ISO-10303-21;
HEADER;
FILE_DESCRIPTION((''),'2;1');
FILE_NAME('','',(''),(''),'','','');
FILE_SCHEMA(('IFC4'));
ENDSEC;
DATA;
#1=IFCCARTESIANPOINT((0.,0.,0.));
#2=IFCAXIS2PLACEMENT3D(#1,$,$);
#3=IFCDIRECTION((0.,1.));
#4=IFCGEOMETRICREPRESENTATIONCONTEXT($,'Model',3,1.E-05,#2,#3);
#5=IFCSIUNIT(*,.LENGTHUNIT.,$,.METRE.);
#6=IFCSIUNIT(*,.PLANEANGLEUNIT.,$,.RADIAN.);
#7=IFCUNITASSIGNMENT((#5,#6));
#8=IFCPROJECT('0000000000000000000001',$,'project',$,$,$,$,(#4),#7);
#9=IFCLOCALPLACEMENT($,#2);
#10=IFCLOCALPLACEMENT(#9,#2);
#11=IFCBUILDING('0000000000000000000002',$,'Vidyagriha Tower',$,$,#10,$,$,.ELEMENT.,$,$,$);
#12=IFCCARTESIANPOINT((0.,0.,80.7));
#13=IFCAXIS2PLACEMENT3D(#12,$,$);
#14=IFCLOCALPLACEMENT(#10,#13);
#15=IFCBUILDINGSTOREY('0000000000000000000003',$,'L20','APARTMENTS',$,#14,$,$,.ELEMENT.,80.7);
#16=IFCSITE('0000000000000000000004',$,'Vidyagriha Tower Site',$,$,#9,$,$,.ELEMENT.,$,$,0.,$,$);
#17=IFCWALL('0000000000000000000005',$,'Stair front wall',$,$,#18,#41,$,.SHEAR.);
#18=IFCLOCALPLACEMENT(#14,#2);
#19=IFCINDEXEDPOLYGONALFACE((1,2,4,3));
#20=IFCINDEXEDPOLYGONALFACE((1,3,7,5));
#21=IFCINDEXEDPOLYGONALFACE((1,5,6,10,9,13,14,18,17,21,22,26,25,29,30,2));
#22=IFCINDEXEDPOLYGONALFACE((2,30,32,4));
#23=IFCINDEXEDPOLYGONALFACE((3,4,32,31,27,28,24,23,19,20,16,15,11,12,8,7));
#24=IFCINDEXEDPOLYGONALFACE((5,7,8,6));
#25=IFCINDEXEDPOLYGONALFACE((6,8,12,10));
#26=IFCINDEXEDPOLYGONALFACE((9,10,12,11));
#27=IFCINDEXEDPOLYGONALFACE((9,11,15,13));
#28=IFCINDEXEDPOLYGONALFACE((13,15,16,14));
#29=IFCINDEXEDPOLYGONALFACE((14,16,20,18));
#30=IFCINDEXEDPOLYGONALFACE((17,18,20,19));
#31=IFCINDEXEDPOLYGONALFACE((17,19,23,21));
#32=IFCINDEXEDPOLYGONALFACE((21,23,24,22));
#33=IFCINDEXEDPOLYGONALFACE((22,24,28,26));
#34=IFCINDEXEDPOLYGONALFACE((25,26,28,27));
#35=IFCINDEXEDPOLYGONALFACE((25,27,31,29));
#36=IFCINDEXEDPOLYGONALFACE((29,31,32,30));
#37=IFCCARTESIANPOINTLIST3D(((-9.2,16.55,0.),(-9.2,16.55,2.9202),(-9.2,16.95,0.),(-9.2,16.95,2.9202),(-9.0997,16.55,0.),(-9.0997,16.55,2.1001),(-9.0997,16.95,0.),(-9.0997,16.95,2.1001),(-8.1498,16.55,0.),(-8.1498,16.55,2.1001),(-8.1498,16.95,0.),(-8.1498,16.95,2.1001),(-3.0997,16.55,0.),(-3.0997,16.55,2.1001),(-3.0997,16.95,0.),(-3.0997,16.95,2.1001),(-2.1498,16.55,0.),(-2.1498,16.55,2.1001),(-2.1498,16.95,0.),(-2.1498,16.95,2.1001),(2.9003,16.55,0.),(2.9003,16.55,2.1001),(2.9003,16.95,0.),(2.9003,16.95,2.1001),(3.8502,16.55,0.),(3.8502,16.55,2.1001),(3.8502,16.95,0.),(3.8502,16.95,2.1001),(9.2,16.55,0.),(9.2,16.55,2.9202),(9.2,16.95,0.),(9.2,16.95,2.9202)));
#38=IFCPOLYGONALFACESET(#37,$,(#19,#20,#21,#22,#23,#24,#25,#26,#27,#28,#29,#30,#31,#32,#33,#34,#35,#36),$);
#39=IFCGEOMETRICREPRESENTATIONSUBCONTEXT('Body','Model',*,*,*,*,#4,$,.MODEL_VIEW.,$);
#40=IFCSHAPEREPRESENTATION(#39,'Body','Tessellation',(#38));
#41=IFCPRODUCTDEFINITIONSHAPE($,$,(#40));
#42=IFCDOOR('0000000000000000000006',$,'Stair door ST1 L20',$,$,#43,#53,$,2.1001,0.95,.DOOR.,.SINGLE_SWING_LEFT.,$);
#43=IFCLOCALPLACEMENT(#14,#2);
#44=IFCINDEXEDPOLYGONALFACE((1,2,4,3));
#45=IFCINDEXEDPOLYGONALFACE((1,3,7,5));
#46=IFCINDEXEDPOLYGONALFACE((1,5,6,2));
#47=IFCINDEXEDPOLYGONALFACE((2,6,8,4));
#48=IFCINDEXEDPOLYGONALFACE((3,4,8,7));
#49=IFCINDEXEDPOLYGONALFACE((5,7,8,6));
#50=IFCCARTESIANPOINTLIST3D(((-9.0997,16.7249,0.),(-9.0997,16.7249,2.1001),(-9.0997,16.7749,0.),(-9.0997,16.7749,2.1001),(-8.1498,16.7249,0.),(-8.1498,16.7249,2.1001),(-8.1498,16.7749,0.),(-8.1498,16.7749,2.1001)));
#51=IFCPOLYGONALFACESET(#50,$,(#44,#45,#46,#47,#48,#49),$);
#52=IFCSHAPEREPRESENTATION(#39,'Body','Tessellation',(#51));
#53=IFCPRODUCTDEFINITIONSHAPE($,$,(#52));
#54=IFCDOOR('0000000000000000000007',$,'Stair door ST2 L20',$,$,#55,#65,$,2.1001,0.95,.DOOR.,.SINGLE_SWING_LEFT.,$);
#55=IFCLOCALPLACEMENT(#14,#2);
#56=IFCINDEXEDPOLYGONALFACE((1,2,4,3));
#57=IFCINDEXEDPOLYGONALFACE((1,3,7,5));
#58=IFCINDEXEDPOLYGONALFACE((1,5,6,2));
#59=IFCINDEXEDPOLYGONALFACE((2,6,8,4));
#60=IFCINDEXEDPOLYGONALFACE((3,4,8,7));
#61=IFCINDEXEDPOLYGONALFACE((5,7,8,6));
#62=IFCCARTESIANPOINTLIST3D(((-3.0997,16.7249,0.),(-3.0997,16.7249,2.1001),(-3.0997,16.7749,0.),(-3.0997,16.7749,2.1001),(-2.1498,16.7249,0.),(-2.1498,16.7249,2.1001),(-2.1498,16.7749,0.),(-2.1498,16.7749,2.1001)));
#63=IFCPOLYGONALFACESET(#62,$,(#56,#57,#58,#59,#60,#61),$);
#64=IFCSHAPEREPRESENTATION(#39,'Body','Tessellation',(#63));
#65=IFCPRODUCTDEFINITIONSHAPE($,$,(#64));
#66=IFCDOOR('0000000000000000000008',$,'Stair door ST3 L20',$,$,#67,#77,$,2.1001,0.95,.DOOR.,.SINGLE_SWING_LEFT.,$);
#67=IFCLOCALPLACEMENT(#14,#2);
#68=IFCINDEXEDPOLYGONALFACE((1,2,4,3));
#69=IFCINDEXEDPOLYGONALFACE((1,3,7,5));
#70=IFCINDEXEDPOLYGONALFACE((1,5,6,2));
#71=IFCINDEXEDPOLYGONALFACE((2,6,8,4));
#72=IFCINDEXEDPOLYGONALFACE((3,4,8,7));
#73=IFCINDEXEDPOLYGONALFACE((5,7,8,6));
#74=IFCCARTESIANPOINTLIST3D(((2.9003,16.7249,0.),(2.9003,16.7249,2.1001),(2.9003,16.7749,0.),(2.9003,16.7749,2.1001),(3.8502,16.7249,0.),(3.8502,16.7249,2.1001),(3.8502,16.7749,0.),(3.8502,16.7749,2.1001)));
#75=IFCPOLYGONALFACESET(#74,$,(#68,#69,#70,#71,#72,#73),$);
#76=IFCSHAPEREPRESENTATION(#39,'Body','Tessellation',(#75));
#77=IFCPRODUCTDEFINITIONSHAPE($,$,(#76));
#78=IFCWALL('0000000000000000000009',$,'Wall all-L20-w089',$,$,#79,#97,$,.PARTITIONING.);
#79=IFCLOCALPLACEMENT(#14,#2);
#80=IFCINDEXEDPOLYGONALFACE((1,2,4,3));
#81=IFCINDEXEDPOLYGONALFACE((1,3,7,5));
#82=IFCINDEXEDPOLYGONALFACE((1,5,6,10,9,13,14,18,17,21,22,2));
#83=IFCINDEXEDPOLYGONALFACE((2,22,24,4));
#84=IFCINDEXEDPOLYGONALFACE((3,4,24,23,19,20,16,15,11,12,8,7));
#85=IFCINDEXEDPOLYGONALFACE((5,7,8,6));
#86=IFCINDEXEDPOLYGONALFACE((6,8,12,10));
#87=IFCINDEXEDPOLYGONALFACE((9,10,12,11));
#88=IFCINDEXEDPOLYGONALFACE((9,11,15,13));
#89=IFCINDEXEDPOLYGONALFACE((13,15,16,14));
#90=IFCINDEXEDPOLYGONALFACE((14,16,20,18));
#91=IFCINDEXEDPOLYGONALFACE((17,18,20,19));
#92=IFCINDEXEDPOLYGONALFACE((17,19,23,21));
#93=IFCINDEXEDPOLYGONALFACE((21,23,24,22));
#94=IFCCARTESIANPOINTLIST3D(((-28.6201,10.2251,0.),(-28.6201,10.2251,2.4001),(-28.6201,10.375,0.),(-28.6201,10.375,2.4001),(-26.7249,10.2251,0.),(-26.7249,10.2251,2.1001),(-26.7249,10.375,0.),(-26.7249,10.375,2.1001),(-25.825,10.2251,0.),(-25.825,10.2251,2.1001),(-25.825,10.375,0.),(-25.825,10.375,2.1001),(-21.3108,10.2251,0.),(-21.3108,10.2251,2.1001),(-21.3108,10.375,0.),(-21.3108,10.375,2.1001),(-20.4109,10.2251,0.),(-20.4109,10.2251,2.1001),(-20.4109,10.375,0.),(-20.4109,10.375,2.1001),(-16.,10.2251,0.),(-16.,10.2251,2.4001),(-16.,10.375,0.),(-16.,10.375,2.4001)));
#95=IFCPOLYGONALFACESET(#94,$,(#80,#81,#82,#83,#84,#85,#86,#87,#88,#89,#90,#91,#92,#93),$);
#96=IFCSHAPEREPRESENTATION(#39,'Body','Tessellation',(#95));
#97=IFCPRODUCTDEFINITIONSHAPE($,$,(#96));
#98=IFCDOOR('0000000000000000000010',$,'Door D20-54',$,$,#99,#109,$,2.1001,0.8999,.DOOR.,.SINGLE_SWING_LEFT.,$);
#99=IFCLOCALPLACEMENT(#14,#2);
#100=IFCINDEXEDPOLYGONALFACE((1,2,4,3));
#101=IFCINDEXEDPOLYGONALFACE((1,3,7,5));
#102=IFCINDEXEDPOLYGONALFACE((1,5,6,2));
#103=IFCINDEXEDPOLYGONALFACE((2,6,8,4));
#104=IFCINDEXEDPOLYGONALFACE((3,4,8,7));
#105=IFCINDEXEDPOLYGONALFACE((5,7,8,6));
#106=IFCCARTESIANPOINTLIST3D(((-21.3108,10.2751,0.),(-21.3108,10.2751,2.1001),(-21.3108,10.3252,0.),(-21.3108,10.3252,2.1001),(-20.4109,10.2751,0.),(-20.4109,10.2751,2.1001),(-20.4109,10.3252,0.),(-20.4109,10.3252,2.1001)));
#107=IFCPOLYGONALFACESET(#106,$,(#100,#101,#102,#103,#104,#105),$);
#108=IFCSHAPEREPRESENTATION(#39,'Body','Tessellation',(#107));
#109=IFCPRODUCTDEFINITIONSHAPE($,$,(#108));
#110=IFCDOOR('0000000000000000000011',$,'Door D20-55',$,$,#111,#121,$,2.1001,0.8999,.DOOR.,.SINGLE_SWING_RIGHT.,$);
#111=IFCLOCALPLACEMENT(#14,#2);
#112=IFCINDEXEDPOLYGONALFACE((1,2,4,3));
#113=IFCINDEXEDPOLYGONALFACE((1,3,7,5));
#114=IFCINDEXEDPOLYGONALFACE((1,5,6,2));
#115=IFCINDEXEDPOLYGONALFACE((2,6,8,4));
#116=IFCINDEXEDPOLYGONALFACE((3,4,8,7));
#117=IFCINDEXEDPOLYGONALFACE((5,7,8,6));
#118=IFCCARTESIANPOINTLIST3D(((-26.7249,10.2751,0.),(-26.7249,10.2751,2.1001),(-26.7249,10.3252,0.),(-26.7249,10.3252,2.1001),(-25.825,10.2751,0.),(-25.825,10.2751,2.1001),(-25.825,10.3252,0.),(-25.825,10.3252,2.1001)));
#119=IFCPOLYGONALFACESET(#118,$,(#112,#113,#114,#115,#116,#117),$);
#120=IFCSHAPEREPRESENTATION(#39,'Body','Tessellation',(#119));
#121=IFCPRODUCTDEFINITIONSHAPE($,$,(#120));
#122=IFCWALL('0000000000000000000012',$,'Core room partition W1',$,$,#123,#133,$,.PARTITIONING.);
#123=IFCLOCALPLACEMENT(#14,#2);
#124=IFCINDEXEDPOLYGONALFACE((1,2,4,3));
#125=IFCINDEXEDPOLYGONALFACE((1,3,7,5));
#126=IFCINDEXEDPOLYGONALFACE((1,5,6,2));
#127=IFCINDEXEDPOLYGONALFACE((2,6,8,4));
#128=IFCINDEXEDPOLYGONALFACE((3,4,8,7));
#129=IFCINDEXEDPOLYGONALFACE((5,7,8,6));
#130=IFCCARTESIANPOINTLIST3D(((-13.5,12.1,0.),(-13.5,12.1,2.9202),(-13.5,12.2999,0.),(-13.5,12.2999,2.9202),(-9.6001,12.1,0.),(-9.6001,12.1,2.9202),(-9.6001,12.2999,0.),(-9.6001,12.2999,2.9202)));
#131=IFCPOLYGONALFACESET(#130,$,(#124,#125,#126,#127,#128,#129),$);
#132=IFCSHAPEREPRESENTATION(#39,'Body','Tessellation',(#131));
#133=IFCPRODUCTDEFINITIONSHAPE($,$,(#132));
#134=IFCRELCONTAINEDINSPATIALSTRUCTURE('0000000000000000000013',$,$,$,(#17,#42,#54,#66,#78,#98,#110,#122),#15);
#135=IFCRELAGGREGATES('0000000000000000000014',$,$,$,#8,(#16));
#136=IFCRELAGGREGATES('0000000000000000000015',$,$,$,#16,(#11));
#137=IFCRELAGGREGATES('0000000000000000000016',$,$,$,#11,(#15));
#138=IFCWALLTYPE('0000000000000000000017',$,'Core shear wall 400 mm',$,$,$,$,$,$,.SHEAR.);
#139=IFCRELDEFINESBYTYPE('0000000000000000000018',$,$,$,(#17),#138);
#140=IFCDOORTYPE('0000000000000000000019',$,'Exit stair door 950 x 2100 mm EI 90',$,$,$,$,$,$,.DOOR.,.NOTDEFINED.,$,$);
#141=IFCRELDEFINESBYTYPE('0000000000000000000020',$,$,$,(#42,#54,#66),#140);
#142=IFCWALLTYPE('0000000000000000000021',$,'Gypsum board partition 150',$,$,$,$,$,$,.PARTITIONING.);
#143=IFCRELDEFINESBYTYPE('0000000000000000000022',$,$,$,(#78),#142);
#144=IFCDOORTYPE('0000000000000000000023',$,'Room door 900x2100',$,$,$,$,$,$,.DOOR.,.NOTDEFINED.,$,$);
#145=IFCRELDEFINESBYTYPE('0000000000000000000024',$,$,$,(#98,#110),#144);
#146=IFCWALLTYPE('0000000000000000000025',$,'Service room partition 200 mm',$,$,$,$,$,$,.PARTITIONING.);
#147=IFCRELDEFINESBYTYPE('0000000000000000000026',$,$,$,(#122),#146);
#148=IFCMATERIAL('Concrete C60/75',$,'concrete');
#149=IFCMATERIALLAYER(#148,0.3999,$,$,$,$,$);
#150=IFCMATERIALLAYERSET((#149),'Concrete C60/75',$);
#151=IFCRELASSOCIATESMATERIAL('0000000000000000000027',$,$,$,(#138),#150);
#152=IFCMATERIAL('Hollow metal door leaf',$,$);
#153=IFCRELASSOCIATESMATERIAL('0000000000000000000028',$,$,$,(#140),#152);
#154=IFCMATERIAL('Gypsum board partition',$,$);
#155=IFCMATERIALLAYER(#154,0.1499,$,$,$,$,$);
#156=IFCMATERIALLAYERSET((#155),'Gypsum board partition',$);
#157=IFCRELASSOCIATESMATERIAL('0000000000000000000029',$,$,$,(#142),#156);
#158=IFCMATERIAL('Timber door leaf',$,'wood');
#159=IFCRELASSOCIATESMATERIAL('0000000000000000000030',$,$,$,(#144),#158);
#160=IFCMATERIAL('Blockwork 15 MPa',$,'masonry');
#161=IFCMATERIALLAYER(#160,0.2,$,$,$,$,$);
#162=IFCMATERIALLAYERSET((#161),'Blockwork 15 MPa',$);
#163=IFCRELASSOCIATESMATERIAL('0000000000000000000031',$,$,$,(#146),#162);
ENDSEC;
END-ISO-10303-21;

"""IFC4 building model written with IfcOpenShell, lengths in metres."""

from ifc_helpers import new_model, si_unit, direction, frame, frame_2d, origin, place, context, subcontext, project, spatial, rectangle, extrude, material, layer, layer_set, type_object, element, fill, save


model = new_model("IFC4")

# Units and contexts
model_context = context("Model", 3, precision=1e-05, world=origin(), true_north=direction((0.0, 1.0)))
body_context = subcontext(model_context, "Body", "Model", "MODEL_VIEW")
ifc_project = project(units=[si_unit("LENGTHUNIT", "METRE"), si_unit("PLANEANGLEUNIT", "RADIAN")], contexts=[model_context])

# Site, building, storey
site_placement = place(None, origin())
site = spatial("IfcSite", under=ifc_project, at=site_placement, Name="Vidyagriha Tower Site", CompositionType="ELEMENT", RefElevation=0.0)
building_placement = place(site_placement, origin())
building = spatial("IfcBuilding", under=site, at=building_placement, Name="Vidyagriha Tower", CompositionType="ELEMENT")
storey_placement = place(building_placement, frame((0.0, 0.0, 80.7)))
storey = spatial("IfcBuildingStorey", under=building, at=storey_placement, Name="L20", Description="APARTMENTS", CompositionType="ELEMENT", Elevation=80.7)

# Shared definitions
ifc_material_1 = material(Name="Concrete C60/75", Category="concrete")
ifc_layer_1 = layer(ifc_material_1, 0.3999)
ifc_layer_set_1 = layer_set([ifc_layer_1], Name="Concrete C60/75")
wall_type_1 = type_object("IfcWallType", Name="Core shear wall 400 mm", PredefinedType="SHEAR", material=ifc_layer_set_1)

# Walls, openings, doors
wall_1_placement = place(storey_placement, frame((-9.2, 16.75, 0.0)))
wall_1 = element("IfcWall", 1, at=wall_1_placement, inside=storey, type_object=wall_type_1, Name="Stair front wall", PredefinedType="SHEAR", context=body_context, shape_type="SweptSolid", body=[
    extrude(rectangle(XDim=18.3999, YDim=0.3999, at=frame_2d((9.2, 0.0))), origin(), (0.0, 0.0, 1.0), 2.9202),
])
opening_1_placement = place(wall_1_placement, frame((0.1001, 0.0, 0.0)))
opening_1 = element("IfcOpeningElement", 2, at=opening_1_placement, cuts=wall_1, PredefinedType="OPENING", context=body_context, shape_type="SweptSolid", body=[
    extrude(rectangle(XDim=0.95, YDim=2.1001, at=frame_2d((0.4751, 1.05))), frame((0.0, 0.21, 0.0), z_axis=(0.0, -1.0, 0.0), x_axis=(1.0, 0.0, 0.0)), (0.0, 0.0, 1.0), 0.4199),
])
opening_2_placement = place(wall_1_placement, frame((6.1001, 0.0, 0.0)))
opening_2 = element("IfcOpeningElement", 3, at=opening_2_placement, cuts=wall_1, PredefinedType="OPENING", context=body_context, shape_type="SweptSolid", body=[
    extrude(rectangle(XDim=0.95, YDim=2.1001, at=frame_2d((0.4751, 1.05))), frame((0.0, 0.21, 0.0), z_axis=(0.0, -1.0, 0.0), x_axis=(1.0, 0.0, 0.0)), (0.0, 0.0, 1.0), 0.4199),
])
opening_3_placement = place(wall_1_placement, frame((12.1001, 0.0, 0.0)))
opening_3 = element("IfcOpeningElement", 4, at=opening_3_placement, cuts=wall_1, PredefinedType="OPENING", context=body_context, shape_type="SweptSolid", body=[
    extrude(rectangle(XDim=0.95, YDim=2.1001, at=frame_2d((0.4751, 1.05))), frame((0.0, 0.21, 0.0), z_axis=(0.0, -1.0, 0.0), x_axis=(1.0, 0.0, 0.0)), (0.0, 0.0, 1.0), 0.4199),
])
ifc_material_2 = material(Name="Hollow metal door leaf")
door_type_1 = type_object("IfcDoorType", Name="Exit stair door 950 x 2100 mm EI 90", OperationType="NOTDEFINED", PredefinedType="DOOR", material=ifc_material_2)
door_1_placement = place(opening_1_placement, origin())
door_1 = element("IfcDoor", 5, at=door_1_placement, inside=storey, type_object=door_type_1, Name="Stair door ST1 L20", OperationType="SINGLE_SWING_LEFT", OverallHeight=2.1001, OverallWidth=0.95, PredefinedType="DOOR", context=body_context, shape_type="SweptSolid", body=[
    extrude(rectangle(XDim=0.95, YDim=2.1001, at=frame_2d((0.4751, 1.05))), frame((0.0, 0.0249, 0.0), z_axis=(0.0, -1.0, 0.0), x_axis=(1.0, 0.0, 0.0)), (0.0, 0.0, 1.0), 0.05),
])
fill(opening_1, door_1)
door_2_placement = place(opening_2_placement, origin())
door_2 = element("IfcDoor", 6, at=door_2_placement, inside=storey, type_object=door_type_1, Name="Stair door ST2 L20", OperationType="SINGLE_SWING_LEFT", OverallHeight=2.1001, OverallWidth=0.95, PredefinedType="DOOR", context=body_context, shape_type="SweptSolid", body=[
    extrude(rectangle(XDim=0.95, YDim=2.1001, at=frame_2d((0.4751, 1.05))), frame((0.0, 0.0249, 0.0), z_axis=(0.0, -1.0, 0.0), x_axis=(1.0, 0.0, 0.0)), (0.0, 0.0, 1.0), 0.05),
])
fill(opening_2, door_2)
door_3_placement = place(opening_3_placement, origin())
door_3 = element("IfcDoor", 7, at=door_3_placement, inside=storey, type_object=door_type_1, Name="Stair door ST3 L20", OperationType="SINGLE_SWING_LEFT", OverallHeight=2.1001, OverallWidth=0.95, PredefinedType="DOOR", context=body_context, shape_type="SweptSolid", body=[
    extrude(rectangle(XDim=0.95, YDim=2.1001, at=frame_2d((0.4751, 1.05))), frame((0.0, 0.0249, 0.0), z_axis=(0.0, -1.0, 0.0), x_axis=(1.0, 0.0, 0.0)), (0.0, 0.0, 1.0), 0.05),
])
fill(opening_3, door_3)
ifc_material_3 = material(Name="Gypsum board partition")
ifc_layer_2 = layer(ifc_material_3, 0.1499)
ifc_layer_set_2 = layer_set([ifc_layer_2], Name="Gypsum board partition")
wall_type_2 = type_object("IfcWallType", Name="Gypsum board partition 150", PredefinedType="PARTITIONING", material=ifc_layer_set_2)
wall_2_placement = place(storey_placement, frame((-16.0, 10.3, 0.0), z_axis=(0.0, 0.0, 1.0), x_axis=(-1.0, 0.0, 0.0)))
wall_2 = element("IfcWall", 8, at=wall_2_placement, inside=storey, type_object=wall_type_2, Name="Wall all-L20-w089", PredefinedType="PARTITIONING", context=body_context, shape_type="SweptSolid", body=[
    extrude(rectangle(XDim=12.6201, YDim=0.1499, at=frame_2d((6.3101, 0.0))), origin(), (0.0, 0.0, 1.0), 2.4001),
])
opening_4_placement = place(wall_2_placement, frame((4.4109, 0.0, 0.0)))
opening_4 = element("IfcOpeningElement", 9, at=opening_4_placement, cuts=wall_2, PredefinedType="OPENING", context=body_context, shape_type="SweptSolid", body=[
    extrude(rectangle(XDim=0.8999, YDim=2.1001, at=frame_2d((0.45, 1.05))), frame((0.0, 0.085, 0.0), z_axis=(0.0, -1.0, 0.0), x_axis=(1.0, 0.0, 0.0)), (0.0, 0.0, 1.0), 0.1699),
])
opening_5_placement = place(wall_2_placement, frame((9.825, 0.0, 0.0)))
opening_5 = element("IfcOpeningElement", 10, at=opening_5_placement, cuts=wall_2, PredefinedType="OPENING", context=body_context, shape_type="SweptSolid", body=[
    extrude(rectangle(XDim=0.8999, YDim=2.1001, at=frame_2d((0.45, 1.05))), frame((0.0, 0.085, 0.0), z_axis=(0.0, -1.0, 0.0), x_axis=(1.0, 0.0, 0.0)), (0.0, 0.0, 1.0), 0.1699),
])
ifc_material_4 = material(Name="Timber door leaf", Category="wood")
door_type_2 = type_object("IfcDoorType", Name="Room door 900x2100", OperationType="NOTDEFINED", PredefinedType="DOOR", material=ifc_material_4)
door_4_placement = place(opening_4_placement, origin())
door_4 = element("IfcDoor", 11, at=door_4_placement, inside=storey, type_object=door_type_2, Name="Door D20-54", OperationType="SINGLE_SWING_LEFT", OverallHeight=2.1001, OverallWidth=0.8999, PredefinedType="DOOR", context=body_context, shape_type="SweptSolid", body=[
    extrude(rectangle(XDim=0.8999, YDim=2.1001, at=frame_2d((0.45, 1.05))), frame((0.0, 0.0249, 0.0), z_axis=(0.0, -1.0, 0.0), x_axis=(1.0, 0.0, 0.0)), (0.0, 0.0, 1.0), 0.05),
])
fill(opening_4, door_4)
door_5_placement = place(opening_5_placement, origin())
door_5 = element("IfcDoor", 12, at=door_5_placement, inside=storey, type_object=door_type_2, Name="Door D20-55", OperationType="SINGLE_SWING_RIGHT", OverallHeight=2.1001, OverallWidth=0.8999, PredefinedType="DOOR", context=body_context, shape_type="SweptSolid", body=[
    extrude(rectangle(XDim=0.8999, YDim=2.1001, at=frame_2d((0.45, 1.05))), frame((0.0, 0.0249, 0.0), z_axis=(0.0, -1.0, 0.0), x_axis=(1.0, 0.0, 0.0)), (0.0, 0.0, 1.0), 0.05),
])
fill(opening_5, door_5)

# Wall
ifc_material_5 = material(Name="Blockwork 15 MPa", Category="masonry")
ifc_layer_3 = layer(ifc_material_5, 0.2)
ifc_layer_set_3 = layer_set([ifc_layer_3], Name="Blockwork 15 MPa")
wall_type_3 = type_object("IfcWallType", Name="Service room partition 200 mm", PredefinedType="PARTITIONING", material=ifc_layer_set_3)
wall_3_placement = place(storey_placement, frame((-13.5, 12.2, 0.0)))
element("IfcWall", 13, at=wall_3_placement, inside=storey, type_object=wall_type_3, Name="Core room partition W1", PredefinedType="PARTITIONING", context=body_context, shape_type="SweptSolid", body=[
    extrude(rectangle(XDim=3.8999, YDim=0.2, at=frame_2d((1.95, 0.0))), origin(), (0.0, 0.0, 1.0), 2.9202),
])

save(model, "model.ifc")
